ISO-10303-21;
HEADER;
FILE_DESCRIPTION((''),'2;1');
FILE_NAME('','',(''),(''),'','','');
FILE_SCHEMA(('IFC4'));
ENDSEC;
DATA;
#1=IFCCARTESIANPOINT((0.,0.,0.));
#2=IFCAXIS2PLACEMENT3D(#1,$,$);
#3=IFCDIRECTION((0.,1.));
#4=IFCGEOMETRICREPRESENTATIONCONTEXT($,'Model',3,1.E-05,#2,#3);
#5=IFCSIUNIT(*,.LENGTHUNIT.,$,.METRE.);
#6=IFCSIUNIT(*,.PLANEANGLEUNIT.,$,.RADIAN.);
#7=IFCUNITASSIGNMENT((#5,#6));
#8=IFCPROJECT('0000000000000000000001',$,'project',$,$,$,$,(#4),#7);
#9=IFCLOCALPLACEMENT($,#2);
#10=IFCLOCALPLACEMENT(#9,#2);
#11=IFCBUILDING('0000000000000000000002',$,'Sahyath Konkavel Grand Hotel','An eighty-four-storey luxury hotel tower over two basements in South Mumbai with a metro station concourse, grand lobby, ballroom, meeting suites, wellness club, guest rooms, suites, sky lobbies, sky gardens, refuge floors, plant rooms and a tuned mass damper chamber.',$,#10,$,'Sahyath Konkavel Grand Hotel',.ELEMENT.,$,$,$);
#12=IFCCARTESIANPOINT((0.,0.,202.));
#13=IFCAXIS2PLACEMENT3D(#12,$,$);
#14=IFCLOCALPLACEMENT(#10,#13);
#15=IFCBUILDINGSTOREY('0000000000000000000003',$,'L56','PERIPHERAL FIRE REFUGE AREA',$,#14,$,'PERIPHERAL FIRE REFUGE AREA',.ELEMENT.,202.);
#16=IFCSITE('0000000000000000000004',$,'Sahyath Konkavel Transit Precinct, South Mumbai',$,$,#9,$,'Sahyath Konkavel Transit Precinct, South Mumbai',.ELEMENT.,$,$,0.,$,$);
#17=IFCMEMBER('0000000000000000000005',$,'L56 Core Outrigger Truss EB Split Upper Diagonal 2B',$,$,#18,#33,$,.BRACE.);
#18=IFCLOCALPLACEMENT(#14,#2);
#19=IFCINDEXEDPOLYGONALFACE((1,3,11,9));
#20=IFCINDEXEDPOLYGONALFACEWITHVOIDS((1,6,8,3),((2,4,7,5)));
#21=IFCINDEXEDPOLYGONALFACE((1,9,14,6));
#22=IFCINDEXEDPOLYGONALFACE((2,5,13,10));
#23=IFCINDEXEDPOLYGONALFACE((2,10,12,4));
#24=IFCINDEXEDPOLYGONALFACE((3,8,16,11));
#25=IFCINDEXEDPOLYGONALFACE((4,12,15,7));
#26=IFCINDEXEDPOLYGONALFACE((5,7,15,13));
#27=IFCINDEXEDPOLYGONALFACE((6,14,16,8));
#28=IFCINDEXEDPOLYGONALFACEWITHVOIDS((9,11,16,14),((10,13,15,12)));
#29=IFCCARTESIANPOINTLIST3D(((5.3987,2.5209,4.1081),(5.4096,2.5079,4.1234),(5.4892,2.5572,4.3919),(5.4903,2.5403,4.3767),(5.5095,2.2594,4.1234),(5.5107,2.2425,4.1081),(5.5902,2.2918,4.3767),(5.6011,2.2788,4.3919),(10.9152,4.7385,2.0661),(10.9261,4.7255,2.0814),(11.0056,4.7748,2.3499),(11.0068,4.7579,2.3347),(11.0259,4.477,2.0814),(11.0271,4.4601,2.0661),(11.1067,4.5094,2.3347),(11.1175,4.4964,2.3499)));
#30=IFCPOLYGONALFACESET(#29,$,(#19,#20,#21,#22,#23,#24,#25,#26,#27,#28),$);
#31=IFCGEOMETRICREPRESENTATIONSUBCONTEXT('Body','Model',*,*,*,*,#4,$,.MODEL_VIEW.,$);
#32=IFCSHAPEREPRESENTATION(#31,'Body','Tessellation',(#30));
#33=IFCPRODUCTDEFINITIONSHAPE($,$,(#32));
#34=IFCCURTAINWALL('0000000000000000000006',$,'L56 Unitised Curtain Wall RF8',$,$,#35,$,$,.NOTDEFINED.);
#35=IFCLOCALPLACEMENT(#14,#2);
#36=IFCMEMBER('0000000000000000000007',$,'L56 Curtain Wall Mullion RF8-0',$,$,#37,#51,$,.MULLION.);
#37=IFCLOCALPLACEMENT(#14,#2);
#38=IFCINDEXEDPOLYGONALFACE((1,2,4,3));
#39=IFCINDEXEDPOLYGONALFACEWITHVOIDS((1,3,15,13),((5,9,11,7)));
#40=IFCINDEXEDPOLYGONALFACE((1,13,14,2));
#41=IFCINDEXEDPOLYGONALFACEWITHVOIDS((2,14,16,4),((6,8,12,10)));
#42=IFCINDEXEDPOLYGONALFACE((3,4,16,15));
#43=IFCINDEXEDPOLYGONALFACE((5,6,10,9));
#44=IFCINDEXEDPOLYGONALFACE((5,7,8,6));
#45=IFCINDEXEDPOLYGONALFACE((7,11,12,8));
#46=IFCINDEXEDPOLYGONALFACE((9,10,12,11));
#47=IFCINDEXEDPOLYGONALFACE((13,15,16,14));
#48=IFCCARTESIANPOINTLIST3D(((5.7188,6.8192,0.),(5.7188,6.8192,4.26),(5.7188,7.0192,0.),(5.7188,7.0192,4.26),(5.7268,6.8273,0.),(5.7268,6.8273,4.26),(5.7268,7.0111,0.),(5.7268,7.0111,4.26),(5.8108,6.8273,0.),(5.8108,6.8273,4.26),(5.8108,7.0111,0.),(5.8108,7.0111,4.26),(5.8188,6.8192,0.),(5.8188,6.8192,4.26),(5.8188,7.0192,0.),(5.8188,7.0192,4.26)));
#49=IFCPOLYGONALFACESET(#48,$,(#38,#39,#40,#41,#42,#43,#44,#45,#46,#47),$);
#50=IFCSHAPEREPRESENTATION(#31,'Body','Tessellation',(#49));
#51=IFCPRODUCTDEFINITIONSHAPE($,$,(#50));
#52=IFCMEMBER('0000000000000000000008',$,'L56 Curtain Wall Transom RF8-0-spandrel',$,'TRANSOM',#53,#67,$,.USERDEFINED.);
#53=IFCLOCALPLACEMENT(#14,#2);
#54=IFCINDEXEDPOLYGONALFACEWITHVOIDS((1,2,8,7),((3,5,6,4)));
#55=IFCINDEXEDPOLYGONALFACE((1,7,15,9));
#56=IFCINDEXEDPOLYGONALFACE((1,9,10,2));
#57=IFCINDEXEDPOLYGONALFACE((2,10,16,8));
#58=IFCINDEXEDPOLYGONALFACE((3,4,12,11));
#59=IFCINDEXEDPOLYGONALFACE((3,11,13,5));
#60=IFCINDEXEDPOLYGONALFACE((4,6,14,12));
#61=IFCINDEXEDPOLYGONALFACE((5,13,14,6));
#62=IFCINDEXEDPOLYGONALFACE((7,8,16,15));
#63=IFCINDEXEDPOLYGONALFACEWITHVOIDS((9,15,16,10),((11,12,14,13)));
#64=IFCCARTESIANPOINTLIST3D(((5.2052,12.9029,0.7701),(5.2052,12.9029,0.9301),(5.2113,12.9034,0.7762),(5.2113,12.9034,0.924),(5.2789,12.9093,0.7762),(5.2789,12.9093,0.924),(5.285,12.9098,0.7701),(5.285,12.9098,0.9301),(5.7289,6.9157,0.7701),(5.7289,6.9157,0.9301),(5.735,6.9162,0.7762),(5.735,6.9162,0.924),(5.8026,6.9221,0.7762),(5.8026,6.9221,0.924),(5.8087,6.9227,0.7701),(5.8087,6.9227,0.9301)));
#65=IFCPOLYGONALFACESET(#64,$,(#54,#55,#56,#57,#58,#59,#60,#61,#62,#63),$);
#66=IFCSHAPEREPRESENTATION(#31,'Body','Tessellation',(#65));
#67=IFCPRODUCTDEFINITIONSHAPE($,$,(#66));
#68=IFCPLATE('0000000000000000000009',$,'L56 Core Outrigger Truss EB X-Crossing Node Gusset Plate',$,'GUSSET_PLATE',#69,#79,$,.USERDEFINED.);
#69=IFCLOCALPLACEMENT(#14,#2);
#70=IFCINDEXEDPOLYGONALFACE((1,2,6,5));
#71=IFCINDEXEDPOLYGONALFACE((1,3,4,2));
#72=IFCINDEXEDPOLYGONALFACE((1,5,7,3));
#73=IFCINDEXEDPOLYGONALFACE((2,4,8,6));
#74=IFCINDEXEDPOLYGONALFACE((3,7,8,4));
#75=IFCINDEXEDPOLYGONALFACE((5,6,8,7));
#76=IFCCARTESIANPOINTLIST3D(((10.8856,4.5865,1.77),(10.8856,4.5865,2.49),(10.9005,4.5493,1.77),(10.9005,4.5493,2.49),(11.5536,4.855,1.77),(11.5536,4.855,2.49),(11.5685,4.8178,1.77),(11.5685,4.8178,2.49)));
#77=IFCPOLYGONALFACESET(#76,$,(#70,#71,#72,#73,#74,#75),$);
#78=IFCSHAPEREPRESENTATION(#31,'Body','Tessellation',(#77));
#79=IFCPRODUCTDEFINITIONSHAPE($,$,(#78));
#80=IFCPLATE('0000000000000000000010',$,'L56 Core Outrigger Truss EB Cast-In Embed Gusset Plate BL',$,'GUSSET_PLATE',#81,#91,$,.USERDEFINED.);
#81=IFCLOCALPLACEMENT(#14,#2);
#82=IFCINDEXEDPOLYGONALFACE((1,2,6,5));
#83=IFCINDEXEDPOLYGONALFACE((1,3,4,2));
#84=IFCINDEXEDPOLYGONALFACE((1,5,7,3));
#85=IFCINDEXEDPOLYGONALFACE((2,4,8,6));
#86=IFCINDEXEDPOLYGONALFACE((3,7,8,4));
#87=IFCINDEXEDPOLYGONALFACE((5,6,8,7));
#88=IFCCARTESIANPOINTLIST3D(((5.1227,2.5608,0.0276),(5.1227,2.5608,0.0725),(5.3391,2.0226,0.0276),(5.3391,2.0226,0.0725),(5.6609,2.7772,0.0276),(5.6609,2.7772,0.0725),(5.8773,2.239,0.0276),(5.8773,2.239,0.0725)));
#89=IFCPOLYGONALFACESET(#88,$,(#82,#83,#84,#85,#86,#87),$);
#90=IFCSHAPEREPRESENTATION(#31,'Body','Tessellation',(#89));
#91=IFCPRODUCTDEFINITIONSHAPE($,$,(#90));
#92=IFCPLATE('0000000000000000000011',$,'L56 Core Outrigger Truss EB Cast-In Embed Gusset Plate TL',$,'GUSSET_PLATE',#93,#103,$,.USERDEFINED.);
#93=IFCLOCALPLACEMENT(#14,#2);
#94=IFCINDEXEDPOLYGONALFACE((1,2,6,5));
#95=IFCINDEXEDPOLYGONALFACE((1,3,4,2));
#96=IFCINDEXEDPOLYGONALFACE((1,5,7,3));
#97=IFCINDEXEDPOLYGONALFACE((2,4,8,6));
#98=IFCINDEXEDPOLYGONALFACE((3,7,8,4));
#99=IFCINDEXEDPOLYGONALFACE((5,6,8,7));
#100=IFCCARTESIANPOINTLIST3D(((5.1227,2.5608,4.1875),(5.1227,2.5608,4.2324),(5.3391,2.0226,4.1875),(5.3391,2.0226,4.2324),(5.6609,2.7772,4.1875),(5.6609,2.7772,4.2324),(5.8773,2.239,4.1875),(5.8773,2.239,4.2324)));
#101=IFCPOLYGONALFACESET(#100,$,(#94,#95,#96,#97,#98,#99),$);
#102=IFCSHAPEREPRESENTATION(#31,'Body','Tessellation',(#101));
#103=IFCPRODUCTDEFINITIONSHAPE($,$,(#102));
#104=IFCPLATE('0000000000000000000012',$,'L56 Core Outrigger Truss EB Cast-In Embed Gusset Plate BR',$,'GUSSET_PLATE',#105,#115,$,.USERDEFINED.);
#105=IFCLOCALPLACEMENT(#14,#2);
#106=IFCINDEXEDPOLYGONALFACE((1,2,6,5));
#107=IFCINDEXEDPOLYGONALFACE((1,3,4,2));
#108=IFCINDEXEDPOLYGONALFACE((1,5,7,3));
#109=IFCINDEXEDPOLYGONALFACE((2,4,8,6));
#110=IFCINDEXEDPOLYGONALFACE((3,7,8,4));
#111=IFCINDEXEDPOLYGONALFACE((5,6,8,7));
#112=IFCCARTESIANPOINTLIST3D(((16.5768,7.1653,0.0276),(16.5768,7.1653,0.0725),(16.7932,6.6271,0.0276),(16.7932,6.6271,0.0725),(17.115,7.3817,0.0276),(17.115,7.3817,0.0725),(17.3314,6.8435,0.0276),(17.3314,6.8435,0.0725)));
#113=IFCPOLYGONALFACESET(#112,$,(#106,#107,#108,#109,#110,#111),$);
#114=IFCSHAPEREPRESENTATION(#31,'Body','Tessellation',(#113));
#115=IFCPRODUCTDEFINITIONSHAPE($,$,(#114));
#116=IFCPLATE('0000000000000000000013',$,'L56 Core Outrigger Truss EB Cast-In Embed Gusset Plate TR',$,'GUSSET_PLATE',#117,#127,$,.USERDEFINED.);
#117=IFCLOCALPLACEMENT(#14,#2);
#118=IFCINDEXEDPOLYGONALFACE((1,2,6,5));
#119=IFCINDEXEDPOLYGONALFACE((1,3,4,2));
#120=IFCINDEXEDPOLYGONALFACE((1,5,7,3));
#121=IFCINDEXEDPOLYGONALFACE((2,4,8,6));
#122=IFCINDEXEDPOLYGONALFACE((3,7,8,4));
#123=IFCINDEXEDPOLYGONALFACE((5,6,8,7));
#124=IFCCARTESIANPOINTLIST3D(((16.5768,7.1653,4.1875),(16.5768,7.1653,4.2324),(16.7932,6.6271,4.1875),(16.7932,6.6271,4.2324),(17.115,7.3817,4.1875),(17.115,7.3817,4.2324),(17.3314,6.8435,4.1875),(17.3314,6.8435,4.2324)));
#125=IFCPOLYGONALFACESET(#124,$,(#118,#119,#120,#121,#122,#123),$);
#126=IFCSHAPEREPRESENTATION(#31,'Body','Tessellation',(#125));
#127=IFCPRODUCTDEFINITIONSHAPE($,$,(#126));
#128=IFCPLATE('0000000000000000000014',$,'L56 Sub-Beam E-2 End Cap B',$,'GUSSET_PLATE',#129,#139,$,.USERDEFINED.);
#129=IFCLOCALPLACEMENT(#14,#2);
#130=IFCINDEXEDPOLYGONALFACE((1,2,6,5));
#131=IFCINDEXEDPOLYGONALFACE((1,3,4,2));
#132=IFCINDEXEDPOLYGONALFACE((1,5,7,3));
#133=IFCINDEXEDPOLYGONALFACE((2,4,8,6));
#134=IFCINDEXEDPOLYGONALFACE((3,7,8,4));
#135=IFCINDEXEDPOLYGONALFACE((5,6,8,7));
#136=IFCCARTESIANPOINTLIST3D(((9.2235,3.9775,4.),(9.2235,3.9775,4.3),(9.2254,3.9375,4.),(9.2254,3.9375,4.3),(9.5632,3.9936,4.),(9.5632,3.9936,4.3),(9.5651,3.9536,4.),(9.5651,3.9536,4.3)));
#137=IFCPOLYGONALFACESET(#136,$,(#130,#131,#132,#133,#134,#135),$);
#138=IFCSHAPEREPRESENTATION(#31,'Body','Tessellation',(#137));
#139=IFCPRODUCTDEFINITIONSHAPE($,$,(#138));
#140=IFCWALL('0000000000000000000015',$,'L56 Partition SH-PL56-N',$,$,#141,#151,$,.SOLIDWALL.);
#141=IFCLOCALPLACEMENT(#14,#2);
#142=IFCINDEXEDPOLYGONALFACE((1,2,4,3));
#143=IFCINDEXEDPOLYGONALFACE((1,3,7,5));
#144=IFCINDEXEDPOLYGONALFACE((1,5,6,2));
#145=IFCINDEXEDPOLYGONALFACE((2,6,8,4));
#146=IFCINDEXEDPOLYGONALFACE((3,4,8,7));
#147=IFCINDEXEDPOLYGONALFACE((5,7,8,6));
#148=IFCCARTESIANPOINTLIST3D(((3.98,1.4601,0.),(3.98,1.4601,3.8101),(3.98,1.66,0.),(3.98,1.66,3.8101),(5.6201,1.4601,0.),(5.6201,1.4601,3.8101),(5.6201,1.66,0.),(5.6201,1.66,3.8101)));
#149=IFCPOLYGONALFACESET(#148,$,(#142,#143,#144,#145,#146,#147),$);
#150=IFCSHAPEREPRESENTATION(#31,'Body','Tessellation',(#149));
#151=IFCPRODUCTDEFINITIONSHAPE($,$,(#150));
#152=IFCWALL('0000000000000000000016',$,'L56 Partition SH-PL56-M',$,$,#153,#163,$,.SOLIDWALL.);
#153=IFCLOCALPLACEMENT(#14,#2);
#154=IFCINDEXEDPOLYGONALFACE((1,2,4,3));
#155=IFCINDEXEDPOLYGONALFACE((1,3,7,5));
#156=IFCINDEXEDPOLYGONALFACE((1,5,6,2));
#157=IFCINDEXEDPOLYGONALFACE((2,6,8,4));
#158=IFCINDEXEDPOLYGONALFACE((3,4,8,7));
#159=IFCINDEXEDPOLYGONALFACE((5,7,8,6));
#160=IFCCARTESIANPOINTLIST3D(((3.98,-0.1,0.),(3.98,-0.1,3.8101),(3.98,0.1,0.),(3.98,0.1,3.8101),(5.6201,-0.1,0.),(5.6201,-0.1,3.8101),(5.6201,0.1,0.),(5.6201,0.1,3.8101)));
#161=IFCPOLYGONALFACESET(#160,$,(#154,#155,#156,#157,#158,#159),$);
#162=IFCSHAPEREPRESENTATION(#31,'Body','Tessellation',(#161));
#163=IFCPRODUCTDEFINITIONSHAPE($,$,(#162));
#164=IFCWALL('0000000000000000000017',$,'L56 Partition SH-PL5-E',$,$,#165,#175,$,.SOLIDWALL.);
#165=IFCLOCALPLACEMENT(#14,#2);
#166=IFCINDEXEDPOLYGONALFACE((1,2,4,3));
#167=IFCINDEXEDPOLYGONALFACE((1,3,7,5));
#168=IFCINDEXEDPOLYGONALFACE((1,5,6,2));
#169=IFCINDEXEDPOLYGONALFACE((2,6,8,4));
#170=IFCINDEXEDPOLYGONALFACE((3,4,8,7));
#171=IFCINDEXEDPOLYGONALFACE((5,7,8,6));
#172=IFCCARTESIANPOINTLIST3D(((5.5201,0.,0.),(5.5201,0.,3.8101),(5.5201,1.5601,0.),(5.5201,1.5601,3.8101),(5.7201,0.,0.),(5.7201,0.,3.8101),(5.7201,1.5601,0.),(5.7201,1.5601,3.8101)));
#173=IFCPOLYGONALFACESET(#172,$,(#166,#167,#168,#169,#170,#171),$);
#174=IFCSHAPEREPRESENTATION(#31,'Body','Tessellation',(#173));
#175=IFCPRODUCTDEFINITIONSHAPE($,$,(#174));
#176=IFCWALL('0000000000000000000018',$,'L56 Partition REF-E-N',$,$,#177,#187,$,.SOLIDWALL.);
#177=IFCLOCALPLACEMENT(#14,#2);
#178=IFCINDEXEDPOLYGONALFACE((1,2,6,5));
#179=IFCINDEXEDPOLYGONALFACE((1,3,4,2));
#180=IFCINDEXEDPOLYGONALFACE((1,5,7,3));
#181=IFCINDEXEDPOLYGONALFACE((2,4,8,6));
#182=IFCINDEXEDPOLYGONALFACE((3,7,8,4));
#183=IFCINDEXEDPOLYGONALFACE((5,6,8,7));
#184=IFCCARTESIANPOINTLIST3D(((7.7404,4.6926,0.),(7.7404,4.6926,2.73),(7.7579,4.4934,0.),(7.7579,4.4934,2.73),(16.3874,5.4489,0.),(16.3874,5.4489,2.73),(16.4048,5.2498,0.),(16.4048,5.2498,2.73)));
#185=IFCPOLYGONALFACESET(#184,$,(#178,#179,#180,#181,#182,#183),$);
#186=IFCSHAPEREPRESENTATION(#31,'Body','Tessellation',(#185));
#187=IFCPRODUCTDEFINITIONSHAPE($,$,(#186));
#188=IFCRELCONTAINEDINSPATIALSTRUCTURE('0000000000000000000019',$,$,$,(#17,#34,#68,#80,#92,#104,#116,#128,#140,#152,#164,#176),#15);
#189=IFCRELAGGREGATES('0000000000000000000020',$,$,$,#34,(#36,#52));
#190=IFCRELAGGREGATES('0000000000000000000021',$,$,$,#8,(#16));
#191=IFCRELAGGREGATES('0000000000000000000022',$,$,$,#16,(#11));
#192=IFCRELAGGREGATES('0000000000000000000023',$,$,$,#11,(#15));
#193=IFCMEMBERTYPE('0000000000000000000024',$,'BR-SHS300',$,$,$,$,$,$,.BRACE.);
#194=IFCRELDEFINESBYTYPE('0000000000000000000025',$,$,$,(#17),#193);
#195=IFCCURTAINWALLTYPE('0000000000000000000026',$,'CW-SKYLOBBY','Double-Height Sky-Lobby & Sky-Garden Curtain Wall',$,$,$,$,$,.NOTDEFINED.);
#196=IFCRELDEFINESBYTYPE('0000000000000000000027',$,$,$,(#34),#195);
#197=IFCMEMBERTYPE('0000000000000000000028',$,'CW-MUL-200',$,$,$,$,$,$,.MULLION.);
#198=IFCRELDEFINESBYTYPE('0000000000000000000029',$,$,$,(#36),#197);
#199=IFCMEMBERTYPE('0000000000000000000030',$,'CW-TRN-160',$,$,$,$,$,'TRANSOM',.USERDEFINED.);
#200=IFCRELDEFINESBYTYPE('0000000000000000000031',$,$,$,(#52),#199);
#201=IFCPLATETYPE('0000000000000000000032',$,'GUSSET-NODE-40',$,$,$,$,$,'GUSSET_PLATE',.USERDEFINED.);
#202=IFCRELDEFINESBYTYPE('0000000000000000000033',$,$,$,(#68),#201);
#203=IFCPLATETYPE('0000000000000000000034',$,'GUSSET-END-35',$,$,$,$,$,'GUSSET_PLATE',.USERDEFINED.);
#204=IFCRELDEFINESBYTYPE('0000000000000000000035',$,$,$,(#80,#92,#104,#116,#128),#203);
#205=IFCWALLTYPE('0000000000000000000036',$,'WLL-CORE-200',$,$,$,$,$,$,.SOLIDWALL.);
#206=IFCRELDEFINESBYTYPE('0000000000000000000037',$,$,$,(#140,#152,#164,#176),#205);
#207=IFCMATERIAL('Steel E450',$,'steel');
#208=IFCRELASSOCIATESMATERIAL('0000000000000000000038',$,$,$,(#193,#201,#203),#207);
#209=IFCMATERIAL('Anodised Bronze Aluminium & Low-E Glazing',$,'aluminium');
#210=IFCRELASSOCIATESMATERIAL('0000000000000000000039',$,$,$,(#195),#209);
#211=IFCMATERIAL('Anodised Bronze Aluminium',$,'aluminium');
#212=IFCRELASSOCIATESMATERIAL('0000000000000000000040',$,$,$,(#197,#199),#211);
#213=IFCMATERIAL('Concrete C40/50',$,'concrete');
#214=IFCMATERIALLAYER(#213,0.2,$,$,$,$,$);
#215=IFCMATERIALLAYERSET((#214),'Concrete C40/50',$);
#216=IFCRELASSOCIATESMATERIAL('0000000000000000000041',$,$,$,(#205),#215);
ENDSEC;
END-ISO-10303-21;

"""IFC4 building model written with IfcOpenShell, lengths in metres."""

from ifc_helpers import new_model, si_unit, direction, frame, frame_2d, origin, origin_2d, place, context, subcontext, project, spatial, rectangle, hollow_rectangle, extrude, source, transform, mapped, material, layer, layer_set, material_profile, profile_set, type_object, element, aggregate, save


model = new_model("IFC4")

# Units and contexts
model_context = context("Model", 3, precision=1e-05, world=origin(), true_north=direction((0.0, 1.0)))
body_context = subcontext(model_context, "Body", "Model", "MODEL_VIEW")
ifc_project = project(units=[si_unit("LENGTHUNIT", "METRE"), si_unit("PLANEANGLEUNIT", "RADIAN")], contexts=[model_context])

# Site, building, storey
site_placement = place(None, origin())
site = spatial("IfcSite", under=ifc_project, at=site_placement, Name="Sahyath Konkavel Transit Precinct, South Mumbai", LongName="Sahyath Konkavel Transit Precinct, South Mumbai", CompositionType="ELEMENT", RefElevation=0.0)
building_placement = place(site_placement, origin())
building = spatial("IfcBuilding", under=site, at=building_placement, Name="Sahyath Konkavel Grand Hotel", Description="An eighty-four-storey luxury hotel tower over two basements in South Mumbai with a metro station concourse, grand lobby, ballroom, meeting suites, wellness club, guest rooms, suites, sky lobbies, sky gardens, refuge floors, plant rooms and a tuned mass damper chamber.", LongName="Sahyath Konkavel Grand Hotel", CompositionType="ELEMENT")
storey_placement = place(building_placement, frame((0.0, 0.0, 202.0)))
storey = spatial("IfcBuildingStorey", under=building, at=storey_placement, Name="L56", Description="PERIPHERAL FIRE REFUGE AREA", LongName="PERIPHERAL FIRE REFUGE AREA", CompositionType="ELEMENT", Elevation=202.0)

# Shared definitions
ifc_material_1 = material(Name="Steel E450", Category="steel")

# Member
ifc_material_profile_1 = material_profile(ifc_material_1, hollow_rectangle(XDim=0.3, YDim=0.3, WallThickness=0.0161, at=origin_2d()), Name="SHS 300x300x16")
ifc_profile_set_1 = profile_set([ifc_material_profile_1], Name="Steel E450")
member_type_1 = type_object("IfcMemberType", Name="BR-SHS300", PredefinedType="BRACE", material=ifc_profile_set_1)
shared_shape_1 = source(origin(), body_context, "Body", "SweptSolid", [
    extrude(hollow_rectangle(XDim=0.3, YDim=0.3, WallThickness=0.0161, at=origin_2d()), origin(), (0.0, 0.0, 1.0), 6.2864),
])
for number, where, z_axis, x_axis, name in (
    (1, (11.0164, 4.6174, 2.208), (-0.877523, -0.352757, 0.324833), (0.372983, -0.927838, 0.0), "L56 Core Outrigger Truss EB Split Upper Diagonal 2B"),
):
    element("IfcMember", number, at=place(storey_placement, frame(where, z_axis=z_axis, x_axis=x_axis)), inside=storey, type_object=member_type_1, Name=name, PredefinedType="BRACE", context=body_context, shape_type="MappedRepresentation", body=[
        mapped(shared_shape_1, transform((0.0, 0.0, 0.0), scale=1.0)),
    ])

# Curtain wall, members
ifc_material_2 = material(Name="Anodised Bronze Aluminium & Low-E Glazing", Category="aluminium")
curtain_wall_type = type_object("IfcCurtainWallType", Name="CW-SKYLOBBY", Description="Double-Height Sky-Lobby & Sky-Garden Curtain Wall", PredefinedType="NOTDEFINED", material=ifc_material_2)
curtain_wall_placement = place(storey_placement, origin())
curtain_wall = element("IfcCurtainWall", 2, at=curtain_wall_placement, inside=storey, type_object=curtain_wall_type, Name="L56 Unitised Curtain Wall RF8", PredefinedType="NOTDEFINED")
ifc_material_3 = material(Name="Anodised Bronze Aluminium", Category="aluminium")
ifc_material_profile_2 = material_profile(ifc_material_3, hollow_rectangle(XDim=0.1001, YDim=0.2, WallThickness=0.0081, at=origin_2d()), Name="RHS 200x100x8")
ifc_profile_set_2 = profile_set([ifc_material_profile_2], Name="Anodised Bronze Aluminium")
member_type_2 = type_object("IfcMemberType", Name="CW-MUL-200", PredefinedType="MULLION", material=ifc_profile_set_2)
shared_shape_2 = source(origin(), body_context, "Body", "SweptSolid", [
    extrude(hollow_rectangle(XDim=0.1001, YDim=0.2, WallThickness=0.0081, at=origin_2d()), origin(), (0.0, 0.0, 1.0), 4.26),
])
member_1_placement = place(storey_placement, frame((5.7688, 6.9192, 0.0), z_axis=(0.0, 0.0, 1.0), x_axis=(1.0, 0.0, 0.0)))
member_1 = element("IfcMember", 3, at=member_1_placement, type_object=member_type_2, Name="L56 Curtain Wall Mullion RF8-0", PredefinedType="MULLION", context=body_context, shape_type="MappedRepresentation", body=[
    mapped(shared_shape_2, transform((0.0, 0.0, 0.0), scale=1.0)),
])
ifc_material_profile_3 = material_profile(ifc_material_3, hollow_rectangle(XDim=0.0801, YDim=0.1599, WallThickness=0.0061, at=origin_2d()), Name="RHS 160x80x6")
ifc_profile_set_3 = profile_set([ifc_material_profile_3], Name="Anodised Bronze Aluminium")
member_type_3 = type_object("IfcMemberType", Name="CW-TRN-160", ElementType="TRANSOM", PredefinedType="USERDEFINED", material=ifc_profile_set_3)
shared_shape_3 = source(origin(), body_context, "Body", "SweptSolid", [
    extrude(hollow_rectangle(XDim=0.0801, YDim=0.1599, WallThickness=0.0061, at=origin_2d()), origin(), (0.0, 0.0, 1.0), 6.01),
])
member_2_placement = place(storey_placement, frame((5.7688, 6.9192, 0.8501), z_axis=(-0.087136, 0.996196, 0.0), x_axis=(-0.996196, -0.087136, 0.0)))
member_2 = element("IfcMember", 4, at=member_2_placement, type_object=member_type_3, Name="L56 Curtain Wall Transom RF8-0-spandrel", ObjectType="TRANSOM", PredefinedType="USERDEFINED", context=body_context, shape_type="MappedRepresentation", body=[
    mapped(shared_shape_3, transform((0.0, 0.0, 0.0), scale=1.0)),
])
aggregate(curtain_wall, [member_1, member_2])

# Plates
plate_type_1 = type_object("IfcPlateType", Name="GUSSET-NODE-40", ElementType="GUSSET_PLATE", PredefinedType="USERDEFINED", material=ifc_material_1)
shared_shape_4 = source(origin(), body_context, "Body", "SweptSolid", [
    extrude(rectangle(XDim=0.72, YDim=0.04, at=origin_2d()), origin(), (0.0, 0.0, 1.0), 0.72),
])
plate_1_placement = place(storey_placement, frame((11.2271, 4.7021, 1.77), z_axis=(0.0, 0.0, 1.0), x_axis=(0.927843, 0.372972, 0.0)))
element("IfcPlate", 5, at=plate_1_placement, inside=storey, type_object=plate_type_1, Name="L56 Core Outrigger Truss EB X-Crossing Node Gusset Plate", ObjectType="GUSSET_PLATE", PredefinedType="USERDEFINED", context=body_context, shape_type="MappedRepresentation", body=[
    mapped(shared_shape_4, transform((0.0, 0.0, 0.0), scale=1.0)),
])
plate_type_2 = type_object("IfcPlateType", Name="GUSSET-END-35", ElementType="GUSSET_PLATE", PredefinedType="USERDEFINED", material=ifc_material_1)
shared_shape_5 = source(origin(), body_context, "Body", "SweptSolid", [
    extrude(rectangle(XDim=0.5801, YDim=0.5801, at=origin_2d()), origin(), (0.0, 0.0, 1.0), 0.0449),
])
for number, where, z_axis, x_axis, name in (
    (6, (5.5, 2.3999, 0.0276), (0.0, 0.0, 1.0), (0.927843, 0.372972, 0.0), "L56 Core Outrigger Truss EB Cast-In Embed Gusset Plate BL"),
    (7, (5.5, 2.3999, 4.1875), (0.0, 0.0, 1.0), (0.927843, 0.372972, 0.0), "L56 Core Outrigger Truss EB Cast-In Embed Gusset Plate TL"),
    (8, (16.9541, 7.0044, 0.0276), (0.0, 0.0, 1.0), (0.927843, 0.372972, 0.0), "L56 Core Outrigger Truss EB Cast-In Embed Gusset Plate BR"),
    (9, (16.9541, 7.0044, 4.1875), (0.0, 0.0, 1.0), (0.927843, 0.372972, 0.0), "L56 Core Outrigger Truss EB Cast-In Embed Gusset Plate TR"),
):
    element("IfcPlate", number, at=place(storey_placement, frame(where, z_axis=z_axis, x_axis=x_axis)), inside=storey, type_object=plate_type_2, Name=name, ObjectType="GUSSET_PLATE", PredefinedType="USERDEFINED", context=body_context, shape_type="MappedRepresentation", body=[
        mapped(shared_shape_5, transform((0.0, 0.0, 0.0), scale=1.0)),
    ])
shared_shape_6 = source(origin(), body_context, "Body", "SweptSolid", [
    extrude(rectangle(XDim=0.04, YDim=0.3401, at=origin_2d()), origin(), (0.0, 0.0, 1.0), 0.3),
])
plate_2_placement = place(storey_placement, frame((9.3943, 3.9656, 4.0), z_axis=(0.0, 0.0, 1.0), x_axis=(-0.047228, 0.998884, 0.0)))
element("IfcPlate", 10, at=plate_2_placement, inside=storey, type_object=plate_type_2, Name="L56 Sub-Beam E-2 End Cap B", ObjectType="GUSSET_PLATE", PredefinedType="USERDEFINED", context=body_context, shape_type="MappedRepresentation", body=[
    mapped(shared_shape_6, transform((0.0, 0.0, 0.0), scale=1.0)),
])

# Walls
ifc_material_4 = material(Name="Concrete C40/50", Category="concrete")
ifc_layer = layer(ifc_material_4, 0.2)
ifc_layer_set = layer_set([ifc_layer], Name="Concrete C40/50")
wall_type = type_object("IfcWallType", Name="WLL-CORE-200", PredefinedType="SOLIDWALL", material=ifc_layer_set)
for number, where, z_axis, x_axis, name in (
    (11, (3.98, 1.5601, 0.0), (0.0, 0.0, 1.0), (1.0, 0.0, 0.0), "L56 Partition SH-PL56-N"),
    (12, (3.98, 0.0, 0.0), (0.0, 0.0, 1.0), (1.0, 0.0, 0.0), "L56 Partition SH-PL56-M"),
):
    element("IfcWall", number, at=place(storey_placement, frame(where, z_axis=z_axis, x_axis=x_axis)), inside=storey, type_object=wall_type, Name=name, PredefinedType="SOLIDWALL", context=body_context, shape_type="SweptSolid", body=[
        extrude(rectangle(XDim=1.6401, YDim=0.2, at=frame_2d((0.8201, 0.0))), origin(), (0.0, 0.0, 1.0), 3.8101),
    ])
wall_1_placement = place(storey_placement, frame((5.6201, 0.0, 0.0), z_axis=(0.0, 0.0, 1.0), x_axis=(0.0, 1.0, 0.0)))
element("IfcWall", 13, at=wall_1_placement, inside=storey, type_object=wall_type, Name="L56 Partition SH-PL5-E", PredefinedType="SOLIDWALL", context=body_context, shape_type="SweptSolid", body=[
    extrude(rectangle(XDim=1.5601, YDim=0.2, at=frame_2d((0.78, 0.0))), origin(), (0.0, 0.0, 1.0), 3.8101),
])
wall_2_placement = place(storey_placement, frame((7.7493, 4.593, 0.0), z_axis=(0.0, 0.0, 1.0), x_axis=(0.996196, 0.087137, 0.0)))
element("IfcWall", 14, at=wall_2_placement, inside=storey, type_object=wall_type, Name="L56 Partition REF-E-N", PredefinedType="SOLIDWALL", context=body_context, shape_type="SweptSolid", body=[
    extrude(rectangle(XDim=8.6799, YDim=0.2, at=frame_2d((4.3398, 0.0))), origin(), (0.0, 0.0, 1.0), 2.73),
])

save(model, "model.ifc")
